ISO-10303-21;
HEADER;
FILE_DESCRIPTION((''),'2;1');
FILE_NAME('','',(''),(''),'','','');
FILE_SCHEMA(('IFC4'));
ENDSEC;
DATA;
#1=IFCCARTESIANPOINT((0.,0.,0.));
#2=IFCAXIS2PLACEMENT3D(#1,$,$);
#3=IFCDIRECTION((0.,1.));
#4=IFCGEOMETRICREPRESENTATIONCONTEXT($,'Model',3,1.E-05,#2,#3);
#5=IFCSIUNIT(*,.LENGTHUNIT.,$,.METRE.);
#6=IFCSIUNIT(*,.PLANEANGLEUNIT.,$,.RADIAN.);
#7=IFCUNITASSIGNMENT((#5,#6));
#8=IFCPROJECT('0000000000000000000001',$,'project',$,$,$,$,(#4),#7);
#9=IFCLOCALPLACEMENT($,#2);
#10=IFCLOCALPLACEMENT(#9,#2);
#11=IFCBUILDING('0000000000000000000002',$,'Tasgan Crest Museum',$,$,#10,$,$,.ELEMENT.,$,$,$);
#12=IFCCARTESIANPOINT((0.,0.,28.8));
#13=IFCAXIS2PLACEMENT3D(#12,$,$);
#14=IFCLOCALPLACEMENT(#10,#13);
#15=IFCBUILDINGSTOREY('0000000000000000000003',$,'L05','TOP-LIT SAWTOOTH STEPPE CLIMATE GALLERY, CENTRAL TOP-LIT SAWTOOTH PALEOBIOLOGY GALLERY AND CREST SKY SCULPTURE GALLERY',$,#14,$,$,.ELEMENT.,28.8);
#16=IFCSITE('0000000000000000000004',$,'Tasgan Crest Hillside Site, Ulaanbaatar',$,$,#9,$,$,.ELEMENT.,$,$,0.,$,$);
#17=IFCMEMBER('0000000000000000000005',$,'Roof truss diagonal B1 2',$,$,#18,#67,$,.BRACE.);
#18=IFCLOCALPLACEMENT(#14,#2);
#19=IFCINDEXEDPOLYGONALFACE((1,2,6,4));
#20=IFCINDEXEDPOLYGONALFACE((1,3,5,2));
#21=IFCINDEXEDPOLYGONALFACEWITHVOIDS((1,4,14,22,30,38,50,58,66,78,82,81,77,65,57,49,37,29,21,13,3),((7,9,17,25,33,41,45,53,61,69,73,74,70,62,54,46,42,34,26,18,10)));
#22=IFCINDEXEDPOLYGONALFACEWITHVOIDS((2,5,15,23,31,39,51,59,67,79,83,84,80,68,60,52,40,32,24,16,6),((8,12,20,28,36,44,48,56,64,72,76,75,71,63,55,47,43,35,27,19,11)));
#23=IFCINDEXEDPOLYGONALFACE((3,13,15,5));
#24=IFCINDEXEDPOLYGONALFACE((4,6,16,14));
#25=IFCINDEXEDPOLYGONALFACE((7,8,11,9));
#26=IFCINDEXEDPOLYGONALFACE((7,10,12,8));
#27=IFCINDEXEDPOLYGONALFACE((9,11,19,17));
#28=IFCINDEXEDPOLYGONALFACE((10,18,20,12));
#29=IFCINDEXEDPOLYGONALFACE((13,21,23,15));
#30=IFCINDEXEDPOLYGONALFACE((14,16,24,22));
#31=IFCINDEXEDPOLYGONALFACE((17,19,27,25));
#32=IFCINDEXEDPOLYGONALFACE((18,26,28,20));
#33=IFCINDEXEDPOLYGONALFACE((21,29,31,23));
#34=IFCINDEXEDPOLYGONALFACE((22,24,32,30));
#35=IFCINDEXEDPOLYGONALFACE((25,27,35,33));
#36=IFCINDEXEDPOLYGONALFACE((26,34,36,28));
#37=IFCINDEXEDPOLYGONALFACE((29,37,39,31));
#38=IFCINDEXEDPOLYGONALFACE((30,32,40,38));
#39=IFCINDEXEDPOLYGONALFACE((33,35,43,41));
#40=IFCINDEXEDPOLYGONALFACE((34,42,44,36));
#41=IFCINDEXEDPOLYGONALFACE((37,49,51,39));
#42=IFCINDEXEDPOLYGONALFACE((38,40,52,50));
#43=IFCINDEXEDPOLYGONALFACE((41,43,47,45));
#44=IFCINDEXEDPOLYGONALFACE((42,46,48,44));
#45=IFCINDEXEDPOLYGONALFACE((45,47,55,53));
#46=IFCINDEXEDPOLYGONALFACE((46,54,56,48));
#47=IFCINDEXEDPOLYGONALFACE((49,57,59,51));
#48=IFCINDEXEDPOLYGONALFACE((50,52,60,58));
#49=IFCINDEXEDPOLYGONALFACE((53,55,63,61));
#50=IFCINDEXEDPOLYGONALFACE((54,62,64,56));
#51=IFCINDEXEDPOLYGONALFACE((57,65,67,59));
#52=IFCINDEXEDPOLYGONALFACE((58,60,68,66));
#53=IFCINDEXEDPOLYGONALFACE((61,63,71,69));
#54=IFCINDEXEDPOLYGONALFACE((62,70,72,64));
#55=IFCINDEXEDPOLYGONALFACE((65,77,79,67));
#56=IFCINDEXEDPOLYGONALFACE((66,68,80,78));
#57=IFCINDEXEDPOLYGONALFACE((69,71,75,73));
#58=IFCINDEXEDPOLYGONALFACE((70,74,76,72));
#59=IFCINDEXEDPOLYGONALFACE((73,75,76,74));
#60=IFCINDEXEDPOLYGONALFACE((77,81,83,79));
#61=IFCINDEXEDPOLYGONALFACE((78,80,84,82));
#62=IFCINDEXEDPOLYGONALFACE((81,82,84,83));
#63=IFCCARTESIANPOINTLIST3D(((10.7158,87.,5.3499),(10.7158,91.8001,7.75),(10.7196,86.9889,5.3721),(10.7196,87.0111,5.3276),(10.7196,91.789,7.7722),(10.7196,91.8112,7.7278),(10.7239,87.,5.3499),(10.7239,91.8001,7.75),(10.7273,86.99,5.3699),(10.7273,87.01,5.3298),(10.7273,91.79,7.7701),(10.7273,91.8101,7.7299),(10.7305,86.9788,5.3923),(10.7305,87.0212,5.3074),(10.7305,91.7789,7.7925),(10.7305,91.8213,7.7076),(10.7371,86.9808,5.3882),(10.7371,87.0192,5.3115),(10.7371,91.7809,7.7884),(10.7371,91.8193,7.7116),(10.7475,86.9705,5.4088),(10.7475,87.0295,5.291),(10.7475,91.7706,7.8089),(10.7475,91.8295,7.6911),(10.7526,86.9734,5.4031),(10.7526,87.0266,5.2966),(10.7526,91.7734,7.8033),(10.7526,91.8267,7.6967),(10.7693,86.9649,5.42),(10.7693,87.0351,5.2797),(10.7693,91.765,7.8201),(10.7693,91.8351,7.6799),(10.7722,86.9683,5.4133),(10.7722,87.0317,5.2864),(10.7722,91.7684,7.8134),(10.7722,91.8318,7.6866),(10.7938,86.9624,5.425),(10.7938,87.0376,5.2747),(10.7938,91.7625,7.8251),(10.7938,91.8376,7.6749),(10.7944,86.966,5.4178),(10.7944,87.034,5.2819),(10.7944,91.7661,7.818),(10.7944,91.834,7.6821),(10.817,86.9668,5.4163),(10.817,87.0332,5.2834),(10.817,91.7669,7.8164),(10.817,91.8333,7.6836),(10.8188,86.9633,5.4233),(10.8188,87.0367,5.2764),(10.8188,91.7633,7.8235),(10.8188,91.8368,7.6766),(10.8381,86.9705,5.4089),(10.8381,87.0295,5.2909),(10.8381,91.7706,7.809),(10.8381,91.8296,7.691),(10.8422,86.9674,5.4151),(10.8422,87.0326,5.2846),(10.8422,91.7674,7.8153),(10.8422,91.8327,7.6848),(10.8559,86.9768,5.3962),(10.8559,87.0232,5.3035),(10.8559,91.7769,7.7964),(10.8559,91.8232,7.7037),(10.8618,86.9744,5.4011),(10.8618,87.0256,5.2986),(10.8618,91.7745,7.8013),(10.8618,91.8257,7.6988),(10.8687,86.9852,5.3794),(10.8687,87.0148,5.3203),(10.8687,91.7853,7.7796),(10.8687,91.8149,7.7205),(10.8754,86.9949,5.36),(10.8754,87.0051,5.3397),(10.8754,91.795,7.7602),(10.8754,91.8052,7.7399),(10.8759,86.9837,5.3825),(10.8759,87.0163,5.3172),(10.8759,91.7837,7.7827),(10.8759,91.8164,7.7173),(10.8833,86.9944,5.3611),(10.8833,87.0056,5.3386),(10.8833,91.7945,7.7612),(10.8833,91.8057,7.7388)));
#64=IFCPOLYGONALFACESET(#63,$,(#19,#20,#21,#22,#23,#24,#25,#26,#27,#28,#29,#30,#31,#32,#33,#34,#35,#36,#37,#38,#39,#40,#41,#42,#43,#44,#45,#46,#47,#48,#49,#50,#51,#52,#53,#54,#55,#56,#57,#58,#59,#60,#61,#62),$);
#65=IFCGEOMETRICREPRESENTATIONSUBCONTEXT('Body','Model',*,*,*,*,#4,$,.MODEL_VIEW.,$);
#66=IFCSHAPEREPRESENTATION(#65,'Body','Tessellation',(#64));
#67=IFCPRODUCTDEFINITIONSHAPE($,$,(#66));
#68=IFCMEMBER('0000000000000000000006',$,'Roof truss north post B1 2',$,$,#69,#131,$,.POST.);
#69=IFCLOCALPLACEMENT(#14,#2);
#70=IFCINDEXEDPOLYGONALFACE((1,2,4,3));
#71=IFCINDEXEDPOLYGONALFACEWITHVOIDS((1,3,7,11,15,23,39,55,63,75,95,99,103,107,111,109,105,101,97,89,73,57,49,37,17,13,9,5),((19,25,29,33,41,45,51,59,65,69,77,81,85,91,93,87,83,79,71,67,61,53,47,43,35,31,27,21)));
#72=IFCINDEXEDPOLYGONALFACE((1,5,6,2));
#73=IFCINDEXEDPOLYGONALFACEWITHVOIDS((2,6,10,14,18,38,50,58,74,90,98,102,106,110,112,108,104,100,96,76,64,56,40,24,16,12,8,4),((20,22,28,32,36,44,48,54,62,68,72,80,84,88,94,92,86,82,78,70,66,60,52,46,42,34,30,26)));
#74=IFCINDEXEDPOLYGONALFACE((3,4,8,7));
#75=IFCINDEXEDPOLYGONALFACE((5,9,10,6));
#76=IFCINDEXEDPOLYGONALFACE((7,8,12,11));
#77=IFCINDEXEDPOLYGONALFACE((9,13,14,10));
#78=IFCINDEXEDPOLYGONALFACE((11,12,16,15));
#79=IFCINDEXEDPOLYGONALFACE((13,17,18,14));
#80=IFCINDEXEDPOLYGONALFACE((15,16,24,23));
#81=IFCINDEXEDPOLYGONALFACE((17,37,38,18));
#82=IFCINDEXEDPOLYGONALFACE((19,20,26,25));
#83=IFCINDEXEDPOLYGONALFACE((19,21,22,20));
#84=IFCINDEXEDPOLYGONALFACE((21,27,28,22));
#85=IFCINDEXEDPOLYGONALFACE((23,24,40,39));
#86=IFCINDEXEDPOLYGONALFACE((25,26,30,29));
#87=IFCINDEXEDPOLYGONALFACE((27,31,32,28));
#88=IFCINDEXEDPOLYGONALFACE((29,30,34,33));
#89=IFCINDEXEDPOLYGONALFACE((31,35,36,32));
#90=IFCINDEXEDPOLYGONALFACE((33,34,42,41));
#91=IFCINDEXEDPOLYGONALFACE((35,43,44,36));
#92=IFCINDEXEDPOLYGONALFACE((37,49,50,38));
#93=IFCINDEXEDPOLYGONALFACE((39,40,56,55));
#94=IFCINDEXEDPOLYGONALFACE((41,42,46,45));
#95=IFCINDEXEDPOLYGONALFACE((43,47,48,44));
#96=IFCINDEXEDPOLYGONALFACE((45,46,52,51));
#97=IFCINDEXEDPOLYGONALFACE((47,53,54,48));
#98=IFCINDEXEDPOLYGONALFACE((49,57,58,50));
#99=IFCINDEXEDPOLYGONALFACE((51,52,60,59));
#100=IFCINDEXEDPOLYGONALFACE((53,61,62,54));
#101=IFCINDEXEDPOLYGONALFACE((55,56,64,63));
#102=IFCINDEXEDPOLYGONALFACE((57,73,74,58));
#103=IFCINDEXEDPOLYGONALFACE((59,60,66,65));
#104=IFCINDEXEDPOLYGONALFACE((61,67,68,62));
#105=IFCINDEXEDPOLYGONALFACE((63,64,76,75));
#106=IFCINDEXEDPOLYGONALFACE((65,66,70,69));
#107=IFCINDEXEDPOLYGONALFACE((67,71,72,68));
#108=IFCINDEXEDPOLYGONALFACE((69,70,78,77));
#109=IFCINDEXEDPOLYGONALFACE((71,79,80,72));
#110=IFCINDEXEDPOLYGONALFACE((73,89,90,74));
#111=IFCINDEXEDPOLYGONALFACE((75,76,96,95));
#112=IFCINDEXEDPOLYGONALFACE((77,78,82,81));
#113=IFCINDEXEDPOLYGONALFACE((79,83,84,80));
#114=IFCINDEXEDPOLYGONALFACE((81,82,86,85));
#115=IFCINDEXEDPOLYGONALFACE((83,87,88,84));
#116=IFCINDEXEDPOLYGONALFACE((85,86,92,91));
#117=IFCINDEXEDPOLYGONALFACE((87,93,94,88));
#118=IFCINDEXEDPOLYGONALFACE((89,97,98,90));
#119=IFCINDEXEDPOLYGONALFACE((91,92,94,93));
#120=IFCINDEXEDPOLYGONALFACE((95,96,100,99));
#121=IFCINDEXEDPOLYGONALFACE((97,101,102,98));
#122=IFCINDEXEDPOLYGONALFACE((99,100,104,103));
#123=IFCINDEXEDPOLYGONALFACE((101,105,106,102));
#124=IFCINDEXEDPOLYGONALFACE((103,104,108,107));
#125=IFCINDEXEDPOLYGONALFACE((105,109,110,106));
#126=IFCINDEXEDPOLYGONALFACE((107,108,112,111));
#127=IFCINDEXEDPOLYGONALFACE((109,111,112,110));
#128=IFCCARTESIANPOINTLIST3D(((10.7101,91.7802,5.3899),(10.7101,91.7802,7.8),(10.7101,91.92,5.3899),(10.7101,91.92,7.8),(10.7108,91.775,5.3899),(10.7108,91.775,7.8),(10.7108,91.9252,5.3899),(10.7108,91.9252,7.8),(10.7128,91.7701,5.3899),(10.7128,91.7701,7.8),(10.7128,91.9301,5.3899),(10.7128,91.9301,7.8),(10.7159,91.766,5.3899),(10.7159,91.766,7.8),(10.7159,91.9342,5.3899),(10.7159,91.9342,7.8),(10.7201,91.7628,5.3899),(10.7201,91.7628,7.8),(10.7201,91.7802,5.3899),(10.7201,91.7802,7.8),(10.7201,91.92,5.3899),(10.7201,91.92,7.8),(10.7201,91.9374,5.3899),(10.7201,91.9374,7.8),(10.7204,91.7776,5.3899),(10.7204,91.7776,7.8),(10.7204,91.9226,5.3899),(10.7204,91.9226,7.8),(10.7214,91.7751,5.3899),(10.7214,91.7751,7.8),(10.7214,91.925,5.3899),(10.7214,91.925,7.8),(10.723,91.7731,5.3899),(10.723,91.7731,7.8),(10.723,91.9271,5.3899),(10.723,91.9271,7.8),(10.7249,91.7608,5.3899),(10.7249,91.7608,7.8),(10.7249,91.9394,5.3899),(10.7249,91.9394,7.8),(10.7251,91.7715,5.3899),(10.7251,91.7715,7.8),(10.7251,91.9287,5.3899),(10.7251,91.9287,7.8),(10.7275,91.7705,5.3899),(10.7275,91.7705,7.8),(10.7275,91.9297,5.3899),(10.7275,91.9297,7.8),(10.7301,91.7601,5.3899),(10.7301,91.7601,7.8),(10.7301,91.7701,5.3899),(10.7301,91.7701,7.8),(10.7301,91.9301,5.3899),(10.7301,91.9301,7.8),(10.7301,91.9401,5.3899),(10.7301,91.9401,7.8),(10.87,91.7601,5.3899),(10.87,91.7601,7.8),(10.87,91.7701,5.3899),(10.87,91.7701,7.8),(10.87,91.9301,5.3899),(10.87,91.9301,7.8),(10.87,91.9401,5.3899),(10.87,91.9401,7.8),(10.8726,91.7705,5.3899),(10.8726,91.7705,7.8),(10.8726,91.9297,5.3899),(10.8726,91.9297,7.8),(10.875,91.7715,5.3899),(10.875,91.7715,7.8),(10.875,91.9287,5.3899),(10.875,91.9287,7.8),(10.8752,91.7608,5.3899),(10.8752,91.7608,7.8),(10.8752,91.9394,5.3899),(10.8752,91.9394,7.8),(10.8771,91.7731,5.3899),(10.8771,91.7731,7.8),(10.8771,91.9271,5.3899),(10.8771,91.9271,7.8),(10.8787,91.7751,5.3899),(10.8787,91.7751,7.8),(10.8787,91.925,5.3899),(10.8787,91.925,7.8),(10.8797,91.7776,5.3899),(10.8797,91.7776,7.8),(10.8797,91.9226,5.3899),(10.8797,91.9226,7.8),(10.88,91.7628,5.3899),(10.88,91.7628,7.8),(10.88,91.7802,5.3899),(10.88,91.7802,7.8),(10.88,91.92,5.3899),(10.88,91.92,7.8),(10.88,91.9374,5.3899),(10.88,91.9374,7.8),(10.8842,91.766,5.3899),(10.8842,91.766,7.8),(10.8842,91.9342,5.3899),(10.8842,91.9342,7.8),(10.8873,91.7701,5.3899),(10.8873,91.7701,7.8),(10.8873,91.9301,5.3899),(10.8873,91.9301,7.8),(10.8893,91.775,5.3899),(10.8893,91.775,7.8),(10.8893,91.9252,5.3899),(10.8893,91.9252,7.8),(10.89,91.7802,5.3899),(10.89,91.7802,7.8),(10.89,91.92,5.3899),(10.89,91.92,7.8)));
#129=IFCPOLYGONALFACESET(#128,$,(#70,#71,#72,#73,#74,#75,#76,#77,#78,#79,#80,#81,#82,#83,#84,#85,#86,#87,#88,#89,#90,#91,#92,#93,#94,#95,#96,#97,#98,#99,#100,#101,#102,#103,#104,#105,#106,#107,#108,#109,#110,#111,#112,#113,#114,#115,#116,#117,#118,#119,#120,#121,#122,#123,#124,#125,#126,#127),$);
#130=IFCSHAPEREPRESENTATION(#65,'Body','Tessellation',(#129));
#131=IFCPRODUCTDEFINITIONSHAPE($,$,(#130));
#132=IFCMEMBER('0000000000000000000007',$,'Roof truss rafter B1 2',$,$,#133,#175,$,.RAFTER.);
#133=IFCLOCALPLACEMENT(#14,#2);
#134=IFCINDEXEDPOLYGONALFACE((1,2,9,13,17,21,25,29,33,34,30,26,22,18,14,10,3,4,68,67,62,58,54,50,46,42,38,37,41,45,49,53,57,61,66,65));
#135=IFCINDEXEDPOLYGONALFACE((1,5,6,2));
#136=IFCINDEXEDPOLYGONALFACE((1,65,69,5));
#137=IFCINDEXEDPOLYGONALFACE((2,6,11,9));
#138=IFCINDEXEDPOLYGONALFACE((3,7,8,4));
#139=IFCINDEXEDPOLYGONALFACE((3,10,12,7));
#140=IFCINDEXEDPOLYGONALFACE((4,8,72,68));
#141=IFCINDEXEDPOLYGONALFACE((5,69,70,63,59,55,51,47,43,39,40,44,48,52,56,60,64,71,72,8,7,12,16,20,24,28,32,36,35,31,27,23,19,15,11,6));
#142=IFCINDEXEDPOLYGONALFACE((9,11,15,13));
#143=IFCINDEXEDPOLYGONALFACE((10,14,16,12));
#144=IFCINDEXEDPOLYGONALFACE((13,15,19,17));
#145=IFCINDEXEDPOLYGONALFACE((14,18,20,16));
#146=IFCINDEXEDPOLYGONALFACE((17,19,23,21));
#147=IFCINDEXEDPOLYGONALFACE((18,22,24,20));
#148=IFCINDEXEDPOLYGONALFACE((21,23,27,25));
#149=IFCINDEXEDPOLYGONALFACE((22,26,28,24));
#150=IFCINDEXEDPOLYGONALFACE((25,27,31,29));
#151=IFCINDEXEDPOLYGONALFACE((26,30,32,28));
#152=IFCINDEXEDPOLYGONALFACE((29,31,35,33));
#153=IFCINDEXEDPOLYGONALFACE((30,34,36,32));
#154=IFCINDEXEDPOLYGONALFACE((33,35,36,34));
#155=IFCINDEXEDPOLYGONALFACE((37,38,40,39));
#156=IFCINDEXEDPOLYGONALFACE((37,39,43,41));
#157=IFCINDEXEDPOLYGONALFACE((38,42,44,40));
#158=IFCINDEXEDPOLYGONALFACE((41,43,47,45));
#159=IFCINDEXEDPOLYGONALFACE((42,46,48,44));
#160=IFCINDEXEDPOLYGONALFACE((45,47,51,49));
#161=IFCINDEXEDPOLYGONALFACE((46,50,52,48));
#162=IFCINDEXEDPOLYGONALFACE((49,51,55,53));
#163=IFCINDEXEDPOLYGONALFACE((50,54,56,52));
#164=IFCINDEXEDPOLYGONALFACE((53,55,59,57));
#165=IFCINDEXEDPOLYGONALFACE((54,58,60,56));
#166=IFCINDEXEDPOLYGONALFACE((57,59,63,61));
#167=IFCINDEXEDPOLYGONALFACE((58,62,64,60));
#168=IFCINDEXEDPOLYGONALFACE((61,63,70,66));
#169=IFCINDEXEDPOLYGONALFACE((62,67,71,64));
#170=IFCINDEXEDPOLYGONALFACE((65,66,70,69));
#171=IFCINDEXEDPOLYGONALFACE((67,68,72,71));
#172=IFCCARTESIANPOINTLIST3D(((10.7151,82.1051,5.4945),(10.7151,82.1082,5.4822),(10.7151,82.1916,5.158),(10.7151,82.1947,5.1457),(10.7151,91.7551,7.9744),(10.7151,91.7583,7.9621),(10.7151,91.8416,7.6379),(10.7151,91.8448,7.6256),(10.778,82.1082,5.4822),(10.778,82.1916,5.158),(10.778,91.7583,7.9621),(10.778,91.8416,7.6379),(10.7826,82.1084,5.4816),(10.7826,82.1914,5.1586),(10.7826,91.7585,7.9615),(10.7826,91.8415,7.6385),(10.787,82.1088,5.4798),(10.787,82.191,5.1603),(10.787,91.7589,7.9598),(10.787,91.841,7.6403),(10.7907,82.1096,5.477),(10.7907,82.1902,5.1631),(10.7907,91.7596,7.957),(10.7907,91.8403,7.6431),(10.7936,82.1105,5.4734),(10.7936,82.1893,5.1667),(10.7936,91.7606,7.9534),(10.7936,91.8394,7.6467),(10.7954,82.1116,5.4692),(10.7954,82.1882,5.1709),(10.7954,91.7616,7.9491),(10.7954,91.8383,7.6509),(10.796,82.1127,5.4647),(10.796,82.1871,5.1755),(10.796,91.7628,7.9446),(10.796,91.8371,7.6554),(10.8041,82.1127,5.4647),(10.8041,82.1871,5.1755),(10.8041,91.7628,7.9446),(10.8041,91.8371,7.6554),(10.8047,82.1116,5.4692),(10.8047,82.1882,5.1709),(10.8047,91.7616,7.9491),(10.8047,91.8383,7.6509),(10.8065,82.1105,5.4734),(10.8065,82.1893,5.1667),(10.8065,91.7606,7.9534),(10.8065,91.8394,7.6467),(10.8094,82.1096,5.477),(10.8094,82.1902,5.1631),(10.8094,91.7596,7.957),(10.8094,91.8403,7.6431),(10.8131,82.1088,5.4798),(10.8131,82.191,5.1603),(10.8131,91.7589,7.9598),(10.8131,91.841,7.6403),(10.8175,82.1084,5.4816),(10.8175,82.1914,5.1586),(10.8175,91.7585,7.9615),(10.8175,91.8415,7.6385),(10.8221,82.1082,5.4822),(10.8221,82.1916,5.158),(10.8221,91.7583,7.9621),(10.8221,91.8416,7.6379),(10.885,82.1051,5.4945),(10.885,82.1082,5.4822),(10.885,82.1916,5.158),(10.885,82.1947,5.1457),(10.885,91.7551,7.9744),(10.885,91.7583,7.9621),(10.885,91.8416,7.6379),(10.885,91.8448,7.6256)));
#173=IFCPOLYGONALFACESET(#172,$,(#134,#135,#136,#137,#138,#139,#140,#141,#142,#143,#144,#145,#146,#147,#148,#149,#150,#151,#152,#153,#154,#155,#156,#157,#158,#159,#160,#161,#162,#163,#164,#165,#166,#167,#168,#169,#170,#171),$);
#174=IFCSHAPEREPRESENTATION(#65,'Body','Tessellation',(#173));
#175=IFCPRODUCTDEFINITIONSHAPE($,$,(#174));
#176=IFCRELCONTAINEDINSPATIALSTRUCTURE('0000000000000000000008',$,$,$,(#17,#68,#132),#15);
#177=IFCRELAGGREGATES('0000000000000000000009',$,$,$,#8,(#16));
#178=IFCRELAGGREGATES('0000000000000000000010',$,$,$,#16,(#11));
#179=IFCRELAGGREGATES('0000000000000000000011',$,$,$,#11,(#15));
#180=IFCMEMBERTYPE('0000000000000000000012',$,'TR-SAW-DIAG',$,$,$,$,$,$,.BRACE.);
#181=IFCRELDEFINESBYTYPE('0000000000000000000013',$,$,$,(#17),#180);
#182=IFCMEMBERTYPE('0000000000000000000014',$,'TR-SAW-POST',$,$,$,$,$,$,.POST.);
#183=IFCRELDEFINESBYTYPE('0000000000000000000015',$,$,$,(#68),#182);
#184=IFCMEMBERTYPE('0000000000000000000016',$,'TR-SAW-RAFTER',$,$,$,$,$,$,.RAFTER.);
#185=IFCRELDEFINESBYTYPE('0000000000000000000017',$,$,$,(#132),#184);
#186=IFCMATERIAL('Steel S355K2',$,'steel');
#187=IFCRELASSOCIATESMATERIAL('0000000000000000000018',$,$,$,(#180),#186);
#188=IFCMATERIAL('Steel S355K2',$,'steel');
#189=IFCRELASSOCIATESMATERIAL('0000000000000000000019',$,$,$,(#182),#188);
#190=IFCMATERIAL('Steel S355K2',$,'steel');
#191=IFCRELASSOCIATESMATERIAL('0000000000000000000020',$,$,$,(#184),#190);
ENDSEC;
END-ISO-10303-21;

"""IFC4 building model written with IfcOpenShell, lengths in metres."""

from ifc_helpers import new_model, si_unit, direction, frame, origin, origin_2d, place, context, subcontext, project, spatial, hollow_rectangle, hollow_circle, i_section, extrude, material, material_profile, profile_set, type_object, element, save


model = new_model("IFC4")

# Units and contexts
model_context = context("Model", 3, precision=1e-05, world=origin(), true_north=direction((0.0, 1.0)))
body_context = subcontext(model_context, "Body", "Model", "MODEL_VIEW")
ifc_project = project(units=[si_unit("LENGTHUNIT", "METRE"), si_unit("PLANEANGLEUNIT", "RADIAN")], contexts=[model_context])

# Site, building, storey
site_placement = place(None, origin())
site = spatial("IfcSite", under=ifc_project, at=site_placement, Name="Tasgan Crest Hillside Site, Ulaanbaatar", CompositionType="ELEMENT", RefElevation=0.0)
building_placement = place(site_placement, origin())
building = spatial("IfcBuilding", under=site, at=building_placement, Name="Tasgan Crest Museum", CompositionType="ELEMENT")
storey_placement = place(building_placement, frame((0.0, 0.0, 28.8)))
storey = spatial("IfcBuildingStorey", under=building, at=storey_placement, Name="L05", Description="TOP-LIT SAWTOOTH STEPPE CLIMATE GALLERY, CENTRAL TOP-LIT SAWTOOTH PALEOBIOLOGY GALLERY AND CREST SKY SCULPTURE GALLERY", CompositionType="ELEMENT", Elevation=28.8)

# Members
ifc_material_1 = material(Name="Steel S355K2", Category="steel")
ifc_material_profile_1 = material_profile(ifc_material_1, hollow_circle(Radius=0.0842, WallThickness=0.0081, at=origin_2d()), Name="CHS 168.3x8")
ifc_profile_set_1 = profile_set([ifc_material_profile_1], Name="Steel S355K2")
member_type_1 = type_object("IfcMemberType", Name="TR-SAW-DIAG", PredefinedType="BRACE", material=ifc_profile_set_1)
member_1_placement = place(storey_placement, frame((10.8, 87.0, 5.3499), z_axis=(0.0, 0.894418, 0.447232), x_axis=(-1.0, 0.0, 0.0)))
element("IfcMember", 1, at=member_1_placement, inside=storey, type_object=member_type_1, Name="Roof truss diagonal B1 2", PredefinedType="BRACE", context=body_context, shape_type="SweptSolid", body=[
    extrude(hollow_circle(Radius=0.0842, WallThickness=0.0081, at=origin_2d()), origin(), (0.0, 0.0, 1.0), 5.3667),
])
ifc_material_2 = material(Name="Steel S355K2", Category="steel")
ifc_material_profile_2 = material_profile(ifc_material_2, hollow_rectangle(XDim=0.1799, YDim=0.1799, WallThickness=0.01, InnerFilletRadius=0.01, OuterFilletRadius=0.02, at=origin_2d()), Name="SHS 180x180x10")
ifc_profile_set_2 = profile_set([ifc_material_profile_2], Name="Steel S355K2")
member_type_2 = type_object("IfcMemberType", Name="TR-SAW-POST", PredefinedType="POST", material=ifc_profile_set_2)
member_2_placement = place(storey_placement, frame((10.8, 91.8501, 5.3899), z_axis=(0.0, 0.0, 1.0), x_axis=(1.0, 0.0, 0.0)))
element("IfcMember", 2, at=member_2_placement, inside=storey, type_object=member_type_2, Name="Roof truss north post B1 2", PredefinedType="POST", context=body_context, shape_type="SweptSolid", body=[
    extrude(hollow_rectangle(XDim=0.1799, YDim=0.1799, WallThickness=0.01, InnerFilletRadius=0.01, OuterFilletRadius=0.02, at=origin_2d()), origin(), (0.0, 0.0, 1.0), 2.4102),
])
ifc_material_3 = material(Name="Steel S355K2", Category="steel")
ifc_material_profile_3 = material_profile(ifc_material_3, i_section(OverallWidth=0.1699, OverallDepth=0.3601, WebThickness=0.0081, FlangeThickness=0.0127, FilletRadius=0.0181, at=origin_2d()), Name="IPE 360")
ifc_profile_set_3 = profile_set([ifc_material_profile_3], Name="Steel S355K2")
member_type_3 = type_object("IfcMemberType", Name="TR-SAW-RAFTER", PredefinedType="RAFTER", material=ifc_profile_set_3)
for number, where, z_axis, x_axis, name in (
    (3, (10.8, 82.1499, 5.3201), (0.0, 0.968529, 0.248901), (-1.0, 0.0, 0.0), "Roof truss rafter B1 2"),
):
    element("IfcMember", number, at=place(storey_placement, frame(where, z_axis=z_axis, x_axis=x_axis)), inside=storey, type_object=member_type_3, Name=name, PredefinedType="RAFTER", context=body_context, shape_type="SweptSolid", body=[
        extrude(i_section(OverallWidth=0.1699, OverallDepth=0.3601, WebThickness=0.0081, FlangeThickness=0.0127, FilletRadius=0.0181, at=origin_2d()), origin(), (0.0, 0.0, 1.0), 9.9636),
    ])

save(model, "model.ifc")
